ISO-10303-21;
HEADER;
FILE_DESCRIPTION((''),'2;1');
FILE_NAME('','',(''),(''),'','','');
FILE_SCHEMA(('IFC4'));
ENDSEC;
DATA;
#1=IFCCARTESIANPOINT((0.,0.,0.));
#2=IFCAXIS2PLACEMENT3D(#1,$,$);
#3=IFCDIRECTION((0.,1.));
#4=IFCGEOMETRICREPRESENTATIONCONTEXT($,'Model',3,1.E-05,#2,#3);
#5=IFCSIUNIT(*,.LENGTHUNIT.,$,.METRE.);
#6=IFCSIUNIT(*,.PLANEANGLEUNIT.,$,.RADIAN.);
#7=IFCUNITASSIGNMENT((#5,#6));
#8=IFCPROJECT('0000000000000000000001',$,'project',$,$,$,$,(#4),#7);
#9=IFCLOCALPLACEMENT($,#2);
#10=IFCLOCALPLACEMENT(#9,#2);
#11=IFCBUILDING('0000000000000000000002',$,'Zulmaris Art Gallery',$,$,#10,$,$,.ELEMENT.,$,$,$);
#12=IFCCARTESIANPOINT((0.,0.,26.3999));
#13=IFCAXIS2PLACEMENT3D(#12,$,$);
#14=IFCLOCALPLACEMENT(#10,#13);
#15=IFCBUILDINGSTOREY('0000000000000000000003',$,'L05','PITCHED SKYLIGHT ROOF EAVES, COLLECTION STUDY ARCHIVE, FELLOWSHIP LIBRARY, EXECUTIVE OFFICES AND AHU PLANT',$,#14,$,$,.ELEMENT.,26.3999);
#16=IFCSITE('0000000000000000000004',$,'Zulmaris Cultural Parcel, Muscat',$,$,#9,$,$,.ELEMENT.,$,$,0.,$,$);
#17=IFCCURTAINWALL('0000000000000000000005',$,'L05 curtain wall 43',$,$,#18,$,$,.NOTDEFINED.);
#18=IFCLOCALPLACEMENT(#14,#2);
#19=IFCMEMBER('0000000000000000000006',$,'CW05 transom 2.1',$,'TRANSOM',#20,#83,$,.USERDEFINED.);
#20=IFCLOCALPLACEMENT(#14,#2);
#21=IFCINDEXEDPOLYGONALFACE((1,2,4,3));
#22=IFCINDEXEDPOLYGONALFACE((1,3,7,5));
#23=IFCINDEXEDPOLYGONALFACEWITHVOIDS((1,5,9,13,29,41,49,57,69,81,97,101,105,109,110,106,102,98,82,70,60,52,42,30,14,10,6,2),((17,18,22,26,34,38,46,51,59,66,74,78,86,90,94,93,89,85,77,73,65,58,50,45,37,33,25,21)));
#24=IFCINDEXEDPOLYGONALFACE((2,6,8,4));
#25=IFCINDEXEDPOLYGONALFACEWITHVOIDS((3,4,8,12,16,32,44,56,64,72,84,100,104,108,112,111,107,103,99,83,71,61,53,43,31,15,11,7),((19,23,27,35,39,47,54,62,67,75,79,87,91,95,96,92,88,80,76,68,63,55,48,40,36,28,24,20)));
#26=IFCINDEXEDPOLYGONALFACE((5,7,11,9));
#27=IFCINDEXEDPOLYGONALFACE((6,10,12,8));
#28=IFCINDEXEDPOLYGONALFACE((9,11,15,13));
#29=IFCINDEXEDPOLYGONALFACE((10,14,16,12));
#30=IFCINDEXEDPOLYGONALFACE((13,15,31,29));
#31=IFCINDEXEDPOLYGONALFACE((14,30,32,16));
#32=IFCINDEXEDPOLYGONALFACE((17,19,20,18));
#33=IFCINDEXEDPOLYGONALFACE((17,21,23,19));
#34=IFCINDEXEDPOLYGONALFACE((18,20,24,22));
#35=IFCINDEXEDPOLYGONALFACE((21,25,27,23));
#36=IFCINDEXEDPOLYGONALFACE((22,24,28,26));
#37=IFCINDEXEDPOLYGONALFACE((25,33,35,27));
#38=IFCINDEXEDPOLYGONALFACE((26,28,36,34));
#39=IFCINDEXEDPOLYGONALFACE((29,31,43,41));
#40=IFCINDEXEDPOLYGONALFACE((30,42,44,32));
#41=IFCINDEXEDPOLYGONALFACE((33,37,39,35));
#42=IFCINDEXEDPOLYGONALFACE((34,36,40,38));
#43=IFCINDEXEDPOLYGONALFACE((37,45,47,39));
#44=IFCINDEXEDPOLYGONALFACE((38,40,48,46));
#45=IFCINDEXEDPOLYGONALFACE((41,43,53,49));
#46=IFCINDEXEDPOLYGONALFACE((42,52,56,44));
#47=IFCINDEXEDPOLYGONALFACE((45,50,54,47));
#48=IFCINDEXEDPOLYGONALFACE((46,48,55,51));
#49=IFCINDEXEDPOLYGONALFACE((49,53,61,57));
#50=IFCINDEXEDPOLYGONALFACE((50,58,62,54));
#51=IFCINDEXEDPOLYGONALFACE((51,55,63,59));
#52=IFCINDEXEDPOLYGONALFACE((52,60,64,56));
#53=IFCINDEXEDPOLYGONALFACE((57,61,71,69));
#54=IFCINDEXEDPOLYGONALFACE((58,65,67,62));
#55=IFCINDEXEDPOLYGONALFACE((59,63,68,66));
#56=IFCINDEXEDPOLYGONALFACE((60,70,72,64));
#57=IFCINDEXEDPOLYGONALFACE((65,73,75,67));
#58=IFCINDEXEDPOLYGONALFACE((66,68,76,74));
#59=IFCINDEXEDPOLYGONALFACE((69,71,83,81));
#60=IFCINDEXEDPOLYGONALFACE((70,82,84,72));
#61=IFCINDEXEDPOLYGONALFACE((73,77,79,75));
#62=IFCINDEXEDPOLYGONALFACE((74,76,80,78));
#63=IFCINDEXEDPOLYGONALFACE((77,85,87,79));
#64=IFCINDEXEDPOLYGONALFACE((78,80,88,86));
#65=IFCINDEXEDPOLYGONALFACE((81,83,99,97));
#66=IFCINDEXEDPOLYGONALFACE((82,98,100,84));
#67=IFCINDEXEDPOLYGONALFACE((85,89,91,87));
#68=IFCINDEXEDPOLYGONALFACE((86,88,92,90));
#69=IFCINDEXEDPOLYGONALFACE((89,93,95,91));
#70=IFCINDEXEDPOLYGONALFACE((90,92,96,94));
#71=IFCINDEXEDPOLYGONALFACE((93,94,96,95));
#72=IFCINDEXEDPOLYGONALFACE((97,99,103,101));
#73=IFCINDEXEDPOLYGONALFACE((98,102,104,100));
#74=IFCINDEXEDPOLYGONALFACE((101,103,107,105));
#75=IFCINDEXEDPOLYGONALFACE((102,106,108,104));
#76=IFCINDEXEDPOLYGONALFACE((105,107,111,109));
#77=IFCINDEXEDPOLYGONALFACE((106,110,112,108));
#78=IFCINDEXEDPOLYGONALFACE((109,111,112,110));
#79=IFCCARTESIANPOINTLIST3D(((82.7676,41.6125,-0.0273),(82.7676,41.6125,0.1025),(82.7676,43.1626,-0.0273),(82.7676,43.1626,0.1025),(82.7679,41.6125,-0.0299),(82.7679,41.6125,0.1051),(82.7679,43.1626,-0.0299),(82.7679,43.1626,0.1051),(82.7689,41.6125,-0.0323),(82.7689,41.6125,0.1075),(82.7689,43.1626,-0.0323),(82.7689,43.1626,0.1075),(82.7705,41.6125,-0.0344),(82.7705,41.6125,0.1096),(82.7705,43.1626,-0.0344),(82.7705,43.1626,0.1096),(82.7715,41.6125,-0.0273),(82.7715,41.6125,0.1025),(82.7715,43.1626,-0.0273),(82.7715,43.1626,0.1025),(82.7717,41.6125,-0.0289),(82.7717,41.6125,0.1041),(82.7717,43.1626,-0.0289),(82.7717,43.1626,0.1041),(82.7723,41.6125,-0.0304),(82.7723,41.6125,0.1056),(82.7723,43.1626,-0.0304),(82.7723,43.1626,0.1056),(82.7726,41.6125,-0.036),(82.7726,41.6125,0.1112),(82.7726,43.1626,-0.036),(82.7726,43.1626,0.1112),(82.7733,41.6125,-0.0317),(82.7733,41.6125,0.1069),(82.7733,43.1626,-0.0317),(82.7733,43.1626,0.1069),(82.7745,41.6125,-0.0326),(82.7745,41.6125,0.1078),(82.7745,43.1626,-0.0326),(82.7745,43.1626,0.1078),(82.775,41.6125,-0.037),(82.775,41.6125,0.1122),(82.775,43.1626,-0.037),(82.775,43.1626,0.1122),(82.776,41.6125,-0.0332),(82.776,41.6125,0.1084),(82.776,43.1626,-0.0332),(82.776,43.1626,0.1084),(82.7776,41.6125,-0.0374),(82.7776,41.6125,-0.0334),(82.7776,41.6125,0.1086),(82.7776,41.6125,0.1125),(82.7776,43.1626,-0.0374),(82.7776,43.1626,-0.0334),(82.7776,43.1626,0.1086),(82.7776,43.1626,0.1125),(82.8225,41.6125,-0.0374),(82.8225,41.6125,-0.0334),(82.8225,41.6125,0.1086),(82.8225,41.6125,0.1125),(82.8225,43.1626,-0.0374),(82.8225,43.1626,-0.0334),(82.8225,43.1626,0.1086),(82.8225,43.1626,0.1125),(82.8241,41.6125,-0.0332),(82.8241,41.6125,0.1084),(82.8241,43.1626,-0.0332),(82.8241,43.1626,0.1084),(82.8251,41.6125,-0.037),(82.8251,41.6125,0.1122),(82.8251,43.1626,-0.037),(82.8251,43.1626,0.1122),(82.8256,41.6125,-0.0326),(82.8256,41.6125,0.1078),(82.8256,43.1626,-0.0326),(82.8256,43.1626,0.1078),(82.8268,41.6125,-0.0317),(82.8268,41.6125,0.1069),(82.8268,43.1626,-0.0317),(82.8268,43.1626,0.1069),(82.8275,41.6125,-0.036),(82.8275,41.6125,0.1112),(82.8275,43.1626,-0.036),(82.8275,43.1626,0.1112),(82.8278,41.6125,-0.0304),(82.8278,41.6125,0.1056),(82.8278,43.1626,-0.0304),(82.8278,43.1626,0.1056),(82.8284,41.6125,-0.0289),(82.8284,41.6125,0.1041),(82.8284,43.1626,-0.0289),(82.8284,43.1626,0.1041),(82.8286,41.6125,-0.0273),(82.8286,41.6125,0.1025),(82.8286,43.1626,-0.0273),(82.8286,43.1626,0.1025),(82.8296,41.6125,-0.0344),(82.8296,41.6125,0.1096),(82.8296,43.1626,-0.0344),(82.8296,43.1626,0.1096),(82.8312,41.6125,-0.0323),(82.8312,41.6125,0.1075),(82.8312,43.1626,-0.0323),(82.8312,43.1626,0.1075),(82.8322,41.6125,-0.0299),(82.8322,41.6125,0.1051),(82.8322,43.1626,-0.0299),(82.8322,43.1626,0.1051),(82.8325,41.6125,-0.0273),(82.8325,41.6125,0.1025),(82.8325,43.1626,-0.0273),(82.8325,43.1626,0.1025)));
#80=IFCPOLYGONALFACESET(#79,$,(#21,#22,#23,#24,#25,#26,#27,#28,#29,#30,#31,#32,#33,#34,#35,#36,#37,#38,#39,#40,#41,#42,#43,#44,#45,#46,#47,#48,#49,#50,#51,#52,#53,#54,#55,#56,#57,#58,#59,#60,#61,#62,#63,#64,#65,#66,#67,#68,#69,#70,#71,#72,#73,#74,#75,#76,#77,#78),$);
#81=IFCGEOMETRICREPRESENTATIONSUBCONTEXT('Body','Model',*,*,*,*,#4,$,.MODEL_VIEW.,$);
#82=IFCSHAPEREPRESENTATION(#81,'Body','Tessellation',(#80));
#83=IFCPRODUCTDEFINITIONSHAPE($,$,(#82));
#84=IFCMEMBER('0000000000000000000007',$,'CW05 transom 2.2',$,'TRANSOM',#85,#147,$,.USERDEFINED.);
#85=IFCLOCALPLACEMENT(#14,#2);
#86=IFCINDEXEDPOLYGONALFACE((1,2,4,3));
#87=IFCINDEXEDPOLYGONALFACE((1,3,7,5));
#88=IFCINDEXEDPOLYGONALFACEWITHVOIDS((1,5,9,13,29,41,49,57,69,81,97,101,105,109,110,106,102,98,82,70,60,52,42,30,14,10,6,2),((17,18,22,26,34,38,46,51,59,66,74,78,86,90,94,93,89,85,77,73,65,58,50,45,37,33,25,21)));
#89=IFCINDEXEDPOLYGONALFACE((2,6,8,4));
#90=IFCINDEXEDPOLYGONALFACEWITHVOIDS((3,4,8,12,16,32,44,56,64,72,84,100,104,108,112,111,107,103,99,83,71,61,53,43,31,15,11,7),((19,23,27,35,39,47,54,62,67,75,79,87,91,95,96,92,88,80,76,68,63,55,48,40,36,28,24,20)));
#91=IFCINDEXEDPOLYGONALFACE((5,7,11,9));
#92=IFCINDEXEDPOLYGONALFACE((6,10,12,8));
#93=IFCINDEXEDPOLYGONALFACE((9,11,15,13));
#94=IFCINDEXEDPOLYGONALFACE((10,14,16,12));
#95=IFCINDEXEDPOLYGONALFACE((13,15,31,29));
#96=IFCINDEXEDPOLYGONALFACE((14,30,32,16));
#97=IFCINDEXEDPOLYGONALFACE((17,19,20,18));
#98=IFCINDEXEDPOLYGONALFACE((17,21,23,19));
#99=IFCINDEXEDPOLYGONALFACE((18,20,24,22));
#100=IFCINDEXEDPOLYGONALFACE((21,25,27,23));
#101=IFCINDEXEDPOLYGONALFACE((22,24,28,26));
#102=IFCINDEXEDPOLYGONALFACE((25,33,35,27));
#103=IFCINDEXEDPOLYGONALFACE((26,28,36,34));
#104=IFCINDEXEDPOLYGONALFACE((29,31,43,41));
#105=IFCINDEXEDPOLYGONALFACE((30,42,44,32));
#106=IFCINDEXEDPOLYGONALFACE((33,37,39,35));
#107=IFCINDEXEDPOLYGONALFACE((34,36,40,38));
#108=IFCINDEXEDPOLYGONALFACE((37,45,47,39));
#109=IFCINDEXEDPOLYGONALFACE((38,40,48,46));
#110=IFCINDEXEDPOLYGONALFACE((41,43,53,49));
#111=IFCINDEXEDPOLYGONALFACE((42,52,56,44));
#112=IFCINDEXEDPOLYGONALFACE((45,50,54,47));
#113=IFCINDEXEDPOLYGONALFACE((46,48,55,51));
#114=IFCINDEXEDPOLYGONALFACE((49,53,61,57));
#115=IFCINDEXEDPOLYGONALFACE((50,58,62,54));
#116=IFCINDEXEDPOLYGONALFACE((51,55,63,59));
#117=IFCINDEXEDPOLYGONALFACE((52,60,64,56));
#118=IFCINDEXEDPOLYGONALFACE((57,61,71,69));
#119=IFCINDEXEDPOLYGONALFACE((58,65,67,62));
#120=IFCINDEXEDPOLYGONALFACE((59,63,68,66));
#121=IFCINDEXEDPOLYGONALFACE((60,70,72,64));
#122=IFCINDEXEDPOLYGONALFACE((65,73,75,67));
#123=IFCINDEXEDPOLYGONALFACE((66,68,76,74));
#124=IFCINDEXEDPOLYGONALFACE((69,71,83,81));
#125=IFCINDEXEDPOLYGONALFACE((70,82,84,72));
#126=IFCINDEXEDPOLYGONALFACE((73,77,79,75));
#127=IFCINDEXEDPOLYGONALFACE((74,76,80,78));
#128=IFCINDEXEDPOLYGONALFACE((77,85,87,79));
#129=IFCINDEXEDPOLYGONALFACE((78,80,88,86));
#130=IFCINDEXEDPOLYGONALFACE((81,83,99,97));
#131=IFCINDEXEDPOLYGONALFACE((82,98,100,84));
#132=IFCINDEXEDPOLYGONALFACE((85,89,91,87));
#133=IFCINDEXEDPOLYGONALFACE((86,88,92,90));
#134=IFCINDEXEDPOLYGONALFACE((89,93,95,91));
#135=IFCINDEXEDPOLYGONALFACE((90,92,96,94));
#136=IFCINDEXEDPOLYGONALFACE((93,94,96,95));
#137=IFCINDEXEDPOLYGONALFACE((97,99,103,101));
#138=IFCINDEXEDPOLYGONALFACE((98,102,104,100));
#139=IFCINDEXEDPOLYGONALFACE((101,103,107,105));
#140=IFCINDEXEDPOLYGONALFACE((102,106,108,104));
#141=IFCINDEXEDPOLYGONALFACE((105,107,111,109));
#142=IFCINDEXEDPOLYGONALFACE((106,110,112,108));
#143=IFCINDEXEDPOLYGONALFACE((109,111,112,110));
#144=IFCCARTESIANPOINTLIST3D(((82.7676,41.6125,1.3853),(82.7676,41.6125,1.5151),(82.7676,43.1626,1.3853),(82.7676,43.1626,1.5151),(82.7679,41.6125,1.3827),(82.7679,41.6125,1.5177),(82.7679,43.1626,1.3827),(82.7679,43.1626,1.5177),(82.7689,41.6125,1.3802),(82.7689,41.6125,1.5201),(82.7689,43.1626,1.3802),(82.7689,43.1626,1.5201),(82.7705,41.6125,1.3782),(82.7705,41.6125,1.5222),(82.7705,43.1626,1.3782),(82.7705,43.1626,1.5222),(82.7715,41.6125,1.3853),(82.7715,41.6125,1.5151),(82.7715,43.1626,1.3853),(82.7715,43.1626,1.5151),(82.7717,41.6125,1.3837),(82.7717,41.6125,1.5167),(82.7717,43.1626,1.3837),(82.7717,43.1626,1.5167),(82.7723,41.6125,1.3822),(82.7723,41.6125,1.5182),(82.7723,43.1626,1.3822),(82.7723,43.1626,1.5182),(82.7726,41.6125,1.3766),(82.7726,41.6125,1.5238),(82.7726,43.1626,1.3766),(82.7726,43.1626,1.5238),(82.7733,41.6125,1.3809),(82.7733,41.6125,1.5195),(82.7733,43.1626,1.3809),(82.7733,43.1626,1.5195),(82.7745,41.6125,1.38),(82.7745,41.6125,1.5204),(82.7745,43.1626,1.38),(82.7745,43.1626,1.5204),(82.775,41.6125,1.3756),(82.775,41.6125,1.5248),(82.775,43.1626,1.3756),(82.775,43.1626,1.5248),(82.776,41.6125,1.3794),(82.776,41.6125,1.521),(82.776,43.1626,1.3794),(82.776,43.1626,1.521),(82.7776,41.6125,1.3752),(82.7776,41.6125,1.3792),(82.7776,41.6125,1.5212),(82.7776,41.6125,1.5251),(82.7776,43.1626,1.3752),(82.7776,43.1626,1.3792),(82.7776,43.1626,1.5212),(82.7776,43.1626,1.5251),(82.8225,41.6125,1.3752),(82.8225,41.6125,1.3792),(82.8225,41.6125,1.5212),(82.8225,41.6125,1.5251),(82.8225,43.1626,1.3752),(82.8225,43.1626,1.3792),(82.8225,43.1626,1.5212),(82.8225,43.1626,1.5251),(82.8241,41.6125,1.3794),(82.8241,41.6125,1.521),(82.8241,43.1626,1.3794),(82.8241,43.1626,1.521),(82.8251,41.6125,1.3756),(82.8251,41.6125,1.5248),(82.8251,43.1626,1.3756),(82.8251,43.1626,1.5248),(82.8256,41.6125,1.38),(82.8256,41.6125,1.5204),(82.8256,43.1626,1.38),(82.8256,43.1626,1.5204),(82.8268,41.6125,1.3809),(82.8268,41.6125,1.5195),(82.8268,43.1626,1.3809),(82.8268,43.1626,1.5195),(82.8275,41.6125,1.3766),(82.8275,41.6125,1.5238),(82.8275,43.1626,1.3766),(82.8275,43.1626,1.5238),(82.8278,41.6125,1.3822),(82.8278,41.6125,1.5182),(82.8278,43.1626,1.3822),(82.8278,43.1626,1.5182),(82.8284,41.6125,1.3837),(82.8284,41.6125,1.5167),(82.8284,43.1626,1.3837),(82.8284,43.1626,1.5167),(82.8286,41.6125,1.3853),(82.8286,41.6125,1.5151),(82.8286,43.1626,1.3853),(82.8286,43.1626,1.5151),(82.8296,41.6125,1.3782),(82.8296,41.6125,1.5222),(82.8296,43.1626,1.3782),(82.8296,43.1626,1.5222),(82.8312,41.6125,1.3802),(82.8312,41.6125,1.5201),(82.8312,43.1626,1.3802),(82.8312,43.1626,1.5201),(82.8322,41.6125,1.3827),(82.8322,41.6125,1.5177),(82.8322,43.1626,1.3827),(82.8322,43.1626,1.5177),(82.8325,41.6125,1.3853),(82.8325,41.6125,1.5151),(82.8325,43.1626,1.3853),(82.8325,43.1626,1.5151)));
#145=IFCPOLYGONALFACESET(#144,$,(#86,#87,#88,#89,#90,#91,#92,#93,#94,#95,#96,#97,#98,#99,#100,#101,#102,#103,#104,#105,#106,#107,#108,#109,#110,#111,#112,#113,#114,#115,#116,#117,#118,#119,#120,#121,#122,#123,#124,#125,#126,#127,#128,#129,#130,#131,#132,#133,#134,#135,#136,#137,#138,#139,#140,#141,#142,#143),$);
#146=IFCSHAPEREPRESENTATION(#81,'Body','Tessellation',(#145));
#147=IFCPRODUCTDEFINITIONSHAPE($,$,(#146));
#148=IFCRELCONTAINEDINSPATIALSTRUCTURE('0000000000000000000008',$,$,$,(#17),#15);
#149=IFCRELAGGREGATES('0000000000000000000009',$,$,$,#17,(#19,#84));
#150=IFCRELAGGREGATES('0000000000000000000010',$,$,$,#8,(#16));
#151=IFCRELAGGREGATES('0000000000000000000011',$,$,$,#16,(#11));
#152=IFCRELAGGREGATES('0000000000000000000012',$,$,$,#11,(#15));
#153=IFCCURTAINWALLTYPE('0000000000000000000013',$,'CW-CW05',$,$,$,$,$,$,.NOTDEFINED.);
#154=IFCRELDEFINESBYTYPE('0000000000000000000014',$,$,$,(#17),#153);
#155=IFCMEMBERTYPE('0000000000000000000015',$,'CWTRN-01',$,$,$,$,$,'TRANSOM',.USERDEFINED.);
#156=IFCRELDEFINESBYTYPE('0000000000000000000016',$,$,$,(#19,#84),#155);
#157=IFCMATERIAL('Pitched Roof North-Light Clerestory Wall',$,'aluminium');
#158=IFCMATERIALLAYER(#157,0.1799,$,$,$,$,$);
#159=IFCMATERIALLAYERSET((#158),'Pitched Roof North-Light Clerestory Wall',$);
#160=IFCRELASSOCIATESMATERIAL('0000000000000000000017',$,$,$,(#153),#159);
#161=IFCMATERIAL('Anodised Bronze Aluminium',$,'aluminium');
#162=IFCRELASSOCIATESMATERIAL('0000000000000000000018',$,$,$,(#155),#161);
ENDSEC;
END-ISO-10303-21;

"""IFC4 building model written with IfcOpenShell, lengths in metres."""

from ifc_helpers import new_model, si_unit, direction, frame, origin, origin_2d, place, context, subcontext, project, spatial, hollow_rectangle, extrude, material, layer, layer_set, material_profile, profile_set, type_object, element, aggregate, save


model = new_model("IFC4")

# Units and contexts
model_context = context("Model", 3, precision=1e-05, world=origin(), true_north=direction((0.0, 1.0)))
body_context = subcontext(model_context, "Body", "Model", "MODEL_VIEW")
ifc_project = project(units=[si_unit("LENGTHUNIT", "METRE"), si_unit("PLANEANGLEUNIT", "RADIAN")], contexts=[model_context])

# Site, building, storey
site_placement = place(None, origin())
site = spatial("IfcSite", under=ifc_project, at=site_placement, Name="Zulmaris Cultural Parcel, Muscat", CompositionType="ELEMENT", RefElevation=0.0)
building_placement = place(site_placement, origin())
building = spatial("IfcBuilding", under=site, at=building_placement, Name="Zulmaris Art Gallery", CompositionType="ELEMENT")
storey_placement = place(building_placement, frame((0.0, 0.0, 26.3999)))
storey = spatial("IfcBuildingStorey", under=building, at=storey_placement, Name="L05", Description="PITCHED SKYLIGHT ROOF EAVES, COLLECTION STUDY ARCHIVE, FELLOWSHIP LIBRARY, EXECUTIVE OFFICES AND AHU PLANT", CompositionType="ELEMENT", Elevation=26.3999)

# Curtain wall, members
ifc_material_1 = material(Name="Pitched Roof North-Light Clerestory Wall", Category="aluminium")
ifc_layer_1 = layer(ifc_material_1, 0.1799)
ifc_layer_set_1 = layer_set([ifc_layer_1], Name="Pitched Roof North-Light Clerestory Wall")
curtain_wall_type = type_object("IfcCurtainWallType", Name="CW-CW05", PredefinedType="NOTDEFINED", material=ifc_layer_set_1)
curtain_wall_placement = place(storey_placement, origin())
curtain_wall = element("IfcCurtainWall", 1, at=curtain_wall_placement, inside=storey, type_object=curtain_wall_type, Name="L05 curtain wall 43", PredefinedType="NOTDEFINED")
ifc_material_2 = material(Name="Anodised Bronze Aluminium", Category="aluminium")
ifc_material_profile_1 = material_profile(ifc_material_2, hollow_rectangle(XDim=0.0649, YDim=0.1499, WallThickness=0.0039, InnerFilletRadius=0.0061, OuterFilletRadius=0.01, at=origin_2d()), Name="ALU 65x150x4")
ifc_profile_set_1 = profile_set([ifc_material_profile_1], Name="Anodised Bronze Aluminium")
member_type_1 = type_object("IfcMemberType", Name="CWTRN-01", ElementType="TRANSOM", PredefinedType="USERDEFINED", material=ifc_profile_set_1)
member_1_placement = place(storey_placement, frame((82.8, 41.6125, 0.0376), z_axis=(0.0, 1.0, 0.0), x_axis=(-1.0, 0.0, 0.0)))
member_1 = element("IfcMember", 2, at=member_1_placement, type_object=member_type_1, Name="CW05 transom 2.1", ObjectType="TRANSOM", PredefinedType="USERDEFINED", context=body_context, shape_type="SweptSolid", body=[
    extrude(hollow_rectangle(XDim=0.0649, YDim=0.1499, WallThickness=0.0039, InnerFilletRadius=0.0061, OuterFilletRadius=0.01, at=origin_2d()), origin(), (0.0, 0.0, 1.0), 1.55),
])
member_2_placement = place(storey_placement, frame((82.8, 41.6125, 1.4502), z_axis=(0.0, 1.0, 0.0), x_axis=(-1.0, 0.0, 0.0)))
member_2 = element("IfcMember", 3, at=member_2_placement, type_object=member_type_1, Name="CW05 transom 2.2", ObjectType="TRANSOM", PredefinedType="USERDEFINED", context=body_context, shape_type="SweptSolid", body=[
    extrude(hollow_rectangle(XDim=0.0649, YDim=0.1499, WallThickness=0.0039, InnerFilletRadius=0.0061, OuterFilletRadius=0.01, at=origin_2d()), origin(), (0.0, 0.0, 1.0), 1.55),
])
aggregate(curtain_wall, [member_1, member_2])

save(model, "model.ifc")
